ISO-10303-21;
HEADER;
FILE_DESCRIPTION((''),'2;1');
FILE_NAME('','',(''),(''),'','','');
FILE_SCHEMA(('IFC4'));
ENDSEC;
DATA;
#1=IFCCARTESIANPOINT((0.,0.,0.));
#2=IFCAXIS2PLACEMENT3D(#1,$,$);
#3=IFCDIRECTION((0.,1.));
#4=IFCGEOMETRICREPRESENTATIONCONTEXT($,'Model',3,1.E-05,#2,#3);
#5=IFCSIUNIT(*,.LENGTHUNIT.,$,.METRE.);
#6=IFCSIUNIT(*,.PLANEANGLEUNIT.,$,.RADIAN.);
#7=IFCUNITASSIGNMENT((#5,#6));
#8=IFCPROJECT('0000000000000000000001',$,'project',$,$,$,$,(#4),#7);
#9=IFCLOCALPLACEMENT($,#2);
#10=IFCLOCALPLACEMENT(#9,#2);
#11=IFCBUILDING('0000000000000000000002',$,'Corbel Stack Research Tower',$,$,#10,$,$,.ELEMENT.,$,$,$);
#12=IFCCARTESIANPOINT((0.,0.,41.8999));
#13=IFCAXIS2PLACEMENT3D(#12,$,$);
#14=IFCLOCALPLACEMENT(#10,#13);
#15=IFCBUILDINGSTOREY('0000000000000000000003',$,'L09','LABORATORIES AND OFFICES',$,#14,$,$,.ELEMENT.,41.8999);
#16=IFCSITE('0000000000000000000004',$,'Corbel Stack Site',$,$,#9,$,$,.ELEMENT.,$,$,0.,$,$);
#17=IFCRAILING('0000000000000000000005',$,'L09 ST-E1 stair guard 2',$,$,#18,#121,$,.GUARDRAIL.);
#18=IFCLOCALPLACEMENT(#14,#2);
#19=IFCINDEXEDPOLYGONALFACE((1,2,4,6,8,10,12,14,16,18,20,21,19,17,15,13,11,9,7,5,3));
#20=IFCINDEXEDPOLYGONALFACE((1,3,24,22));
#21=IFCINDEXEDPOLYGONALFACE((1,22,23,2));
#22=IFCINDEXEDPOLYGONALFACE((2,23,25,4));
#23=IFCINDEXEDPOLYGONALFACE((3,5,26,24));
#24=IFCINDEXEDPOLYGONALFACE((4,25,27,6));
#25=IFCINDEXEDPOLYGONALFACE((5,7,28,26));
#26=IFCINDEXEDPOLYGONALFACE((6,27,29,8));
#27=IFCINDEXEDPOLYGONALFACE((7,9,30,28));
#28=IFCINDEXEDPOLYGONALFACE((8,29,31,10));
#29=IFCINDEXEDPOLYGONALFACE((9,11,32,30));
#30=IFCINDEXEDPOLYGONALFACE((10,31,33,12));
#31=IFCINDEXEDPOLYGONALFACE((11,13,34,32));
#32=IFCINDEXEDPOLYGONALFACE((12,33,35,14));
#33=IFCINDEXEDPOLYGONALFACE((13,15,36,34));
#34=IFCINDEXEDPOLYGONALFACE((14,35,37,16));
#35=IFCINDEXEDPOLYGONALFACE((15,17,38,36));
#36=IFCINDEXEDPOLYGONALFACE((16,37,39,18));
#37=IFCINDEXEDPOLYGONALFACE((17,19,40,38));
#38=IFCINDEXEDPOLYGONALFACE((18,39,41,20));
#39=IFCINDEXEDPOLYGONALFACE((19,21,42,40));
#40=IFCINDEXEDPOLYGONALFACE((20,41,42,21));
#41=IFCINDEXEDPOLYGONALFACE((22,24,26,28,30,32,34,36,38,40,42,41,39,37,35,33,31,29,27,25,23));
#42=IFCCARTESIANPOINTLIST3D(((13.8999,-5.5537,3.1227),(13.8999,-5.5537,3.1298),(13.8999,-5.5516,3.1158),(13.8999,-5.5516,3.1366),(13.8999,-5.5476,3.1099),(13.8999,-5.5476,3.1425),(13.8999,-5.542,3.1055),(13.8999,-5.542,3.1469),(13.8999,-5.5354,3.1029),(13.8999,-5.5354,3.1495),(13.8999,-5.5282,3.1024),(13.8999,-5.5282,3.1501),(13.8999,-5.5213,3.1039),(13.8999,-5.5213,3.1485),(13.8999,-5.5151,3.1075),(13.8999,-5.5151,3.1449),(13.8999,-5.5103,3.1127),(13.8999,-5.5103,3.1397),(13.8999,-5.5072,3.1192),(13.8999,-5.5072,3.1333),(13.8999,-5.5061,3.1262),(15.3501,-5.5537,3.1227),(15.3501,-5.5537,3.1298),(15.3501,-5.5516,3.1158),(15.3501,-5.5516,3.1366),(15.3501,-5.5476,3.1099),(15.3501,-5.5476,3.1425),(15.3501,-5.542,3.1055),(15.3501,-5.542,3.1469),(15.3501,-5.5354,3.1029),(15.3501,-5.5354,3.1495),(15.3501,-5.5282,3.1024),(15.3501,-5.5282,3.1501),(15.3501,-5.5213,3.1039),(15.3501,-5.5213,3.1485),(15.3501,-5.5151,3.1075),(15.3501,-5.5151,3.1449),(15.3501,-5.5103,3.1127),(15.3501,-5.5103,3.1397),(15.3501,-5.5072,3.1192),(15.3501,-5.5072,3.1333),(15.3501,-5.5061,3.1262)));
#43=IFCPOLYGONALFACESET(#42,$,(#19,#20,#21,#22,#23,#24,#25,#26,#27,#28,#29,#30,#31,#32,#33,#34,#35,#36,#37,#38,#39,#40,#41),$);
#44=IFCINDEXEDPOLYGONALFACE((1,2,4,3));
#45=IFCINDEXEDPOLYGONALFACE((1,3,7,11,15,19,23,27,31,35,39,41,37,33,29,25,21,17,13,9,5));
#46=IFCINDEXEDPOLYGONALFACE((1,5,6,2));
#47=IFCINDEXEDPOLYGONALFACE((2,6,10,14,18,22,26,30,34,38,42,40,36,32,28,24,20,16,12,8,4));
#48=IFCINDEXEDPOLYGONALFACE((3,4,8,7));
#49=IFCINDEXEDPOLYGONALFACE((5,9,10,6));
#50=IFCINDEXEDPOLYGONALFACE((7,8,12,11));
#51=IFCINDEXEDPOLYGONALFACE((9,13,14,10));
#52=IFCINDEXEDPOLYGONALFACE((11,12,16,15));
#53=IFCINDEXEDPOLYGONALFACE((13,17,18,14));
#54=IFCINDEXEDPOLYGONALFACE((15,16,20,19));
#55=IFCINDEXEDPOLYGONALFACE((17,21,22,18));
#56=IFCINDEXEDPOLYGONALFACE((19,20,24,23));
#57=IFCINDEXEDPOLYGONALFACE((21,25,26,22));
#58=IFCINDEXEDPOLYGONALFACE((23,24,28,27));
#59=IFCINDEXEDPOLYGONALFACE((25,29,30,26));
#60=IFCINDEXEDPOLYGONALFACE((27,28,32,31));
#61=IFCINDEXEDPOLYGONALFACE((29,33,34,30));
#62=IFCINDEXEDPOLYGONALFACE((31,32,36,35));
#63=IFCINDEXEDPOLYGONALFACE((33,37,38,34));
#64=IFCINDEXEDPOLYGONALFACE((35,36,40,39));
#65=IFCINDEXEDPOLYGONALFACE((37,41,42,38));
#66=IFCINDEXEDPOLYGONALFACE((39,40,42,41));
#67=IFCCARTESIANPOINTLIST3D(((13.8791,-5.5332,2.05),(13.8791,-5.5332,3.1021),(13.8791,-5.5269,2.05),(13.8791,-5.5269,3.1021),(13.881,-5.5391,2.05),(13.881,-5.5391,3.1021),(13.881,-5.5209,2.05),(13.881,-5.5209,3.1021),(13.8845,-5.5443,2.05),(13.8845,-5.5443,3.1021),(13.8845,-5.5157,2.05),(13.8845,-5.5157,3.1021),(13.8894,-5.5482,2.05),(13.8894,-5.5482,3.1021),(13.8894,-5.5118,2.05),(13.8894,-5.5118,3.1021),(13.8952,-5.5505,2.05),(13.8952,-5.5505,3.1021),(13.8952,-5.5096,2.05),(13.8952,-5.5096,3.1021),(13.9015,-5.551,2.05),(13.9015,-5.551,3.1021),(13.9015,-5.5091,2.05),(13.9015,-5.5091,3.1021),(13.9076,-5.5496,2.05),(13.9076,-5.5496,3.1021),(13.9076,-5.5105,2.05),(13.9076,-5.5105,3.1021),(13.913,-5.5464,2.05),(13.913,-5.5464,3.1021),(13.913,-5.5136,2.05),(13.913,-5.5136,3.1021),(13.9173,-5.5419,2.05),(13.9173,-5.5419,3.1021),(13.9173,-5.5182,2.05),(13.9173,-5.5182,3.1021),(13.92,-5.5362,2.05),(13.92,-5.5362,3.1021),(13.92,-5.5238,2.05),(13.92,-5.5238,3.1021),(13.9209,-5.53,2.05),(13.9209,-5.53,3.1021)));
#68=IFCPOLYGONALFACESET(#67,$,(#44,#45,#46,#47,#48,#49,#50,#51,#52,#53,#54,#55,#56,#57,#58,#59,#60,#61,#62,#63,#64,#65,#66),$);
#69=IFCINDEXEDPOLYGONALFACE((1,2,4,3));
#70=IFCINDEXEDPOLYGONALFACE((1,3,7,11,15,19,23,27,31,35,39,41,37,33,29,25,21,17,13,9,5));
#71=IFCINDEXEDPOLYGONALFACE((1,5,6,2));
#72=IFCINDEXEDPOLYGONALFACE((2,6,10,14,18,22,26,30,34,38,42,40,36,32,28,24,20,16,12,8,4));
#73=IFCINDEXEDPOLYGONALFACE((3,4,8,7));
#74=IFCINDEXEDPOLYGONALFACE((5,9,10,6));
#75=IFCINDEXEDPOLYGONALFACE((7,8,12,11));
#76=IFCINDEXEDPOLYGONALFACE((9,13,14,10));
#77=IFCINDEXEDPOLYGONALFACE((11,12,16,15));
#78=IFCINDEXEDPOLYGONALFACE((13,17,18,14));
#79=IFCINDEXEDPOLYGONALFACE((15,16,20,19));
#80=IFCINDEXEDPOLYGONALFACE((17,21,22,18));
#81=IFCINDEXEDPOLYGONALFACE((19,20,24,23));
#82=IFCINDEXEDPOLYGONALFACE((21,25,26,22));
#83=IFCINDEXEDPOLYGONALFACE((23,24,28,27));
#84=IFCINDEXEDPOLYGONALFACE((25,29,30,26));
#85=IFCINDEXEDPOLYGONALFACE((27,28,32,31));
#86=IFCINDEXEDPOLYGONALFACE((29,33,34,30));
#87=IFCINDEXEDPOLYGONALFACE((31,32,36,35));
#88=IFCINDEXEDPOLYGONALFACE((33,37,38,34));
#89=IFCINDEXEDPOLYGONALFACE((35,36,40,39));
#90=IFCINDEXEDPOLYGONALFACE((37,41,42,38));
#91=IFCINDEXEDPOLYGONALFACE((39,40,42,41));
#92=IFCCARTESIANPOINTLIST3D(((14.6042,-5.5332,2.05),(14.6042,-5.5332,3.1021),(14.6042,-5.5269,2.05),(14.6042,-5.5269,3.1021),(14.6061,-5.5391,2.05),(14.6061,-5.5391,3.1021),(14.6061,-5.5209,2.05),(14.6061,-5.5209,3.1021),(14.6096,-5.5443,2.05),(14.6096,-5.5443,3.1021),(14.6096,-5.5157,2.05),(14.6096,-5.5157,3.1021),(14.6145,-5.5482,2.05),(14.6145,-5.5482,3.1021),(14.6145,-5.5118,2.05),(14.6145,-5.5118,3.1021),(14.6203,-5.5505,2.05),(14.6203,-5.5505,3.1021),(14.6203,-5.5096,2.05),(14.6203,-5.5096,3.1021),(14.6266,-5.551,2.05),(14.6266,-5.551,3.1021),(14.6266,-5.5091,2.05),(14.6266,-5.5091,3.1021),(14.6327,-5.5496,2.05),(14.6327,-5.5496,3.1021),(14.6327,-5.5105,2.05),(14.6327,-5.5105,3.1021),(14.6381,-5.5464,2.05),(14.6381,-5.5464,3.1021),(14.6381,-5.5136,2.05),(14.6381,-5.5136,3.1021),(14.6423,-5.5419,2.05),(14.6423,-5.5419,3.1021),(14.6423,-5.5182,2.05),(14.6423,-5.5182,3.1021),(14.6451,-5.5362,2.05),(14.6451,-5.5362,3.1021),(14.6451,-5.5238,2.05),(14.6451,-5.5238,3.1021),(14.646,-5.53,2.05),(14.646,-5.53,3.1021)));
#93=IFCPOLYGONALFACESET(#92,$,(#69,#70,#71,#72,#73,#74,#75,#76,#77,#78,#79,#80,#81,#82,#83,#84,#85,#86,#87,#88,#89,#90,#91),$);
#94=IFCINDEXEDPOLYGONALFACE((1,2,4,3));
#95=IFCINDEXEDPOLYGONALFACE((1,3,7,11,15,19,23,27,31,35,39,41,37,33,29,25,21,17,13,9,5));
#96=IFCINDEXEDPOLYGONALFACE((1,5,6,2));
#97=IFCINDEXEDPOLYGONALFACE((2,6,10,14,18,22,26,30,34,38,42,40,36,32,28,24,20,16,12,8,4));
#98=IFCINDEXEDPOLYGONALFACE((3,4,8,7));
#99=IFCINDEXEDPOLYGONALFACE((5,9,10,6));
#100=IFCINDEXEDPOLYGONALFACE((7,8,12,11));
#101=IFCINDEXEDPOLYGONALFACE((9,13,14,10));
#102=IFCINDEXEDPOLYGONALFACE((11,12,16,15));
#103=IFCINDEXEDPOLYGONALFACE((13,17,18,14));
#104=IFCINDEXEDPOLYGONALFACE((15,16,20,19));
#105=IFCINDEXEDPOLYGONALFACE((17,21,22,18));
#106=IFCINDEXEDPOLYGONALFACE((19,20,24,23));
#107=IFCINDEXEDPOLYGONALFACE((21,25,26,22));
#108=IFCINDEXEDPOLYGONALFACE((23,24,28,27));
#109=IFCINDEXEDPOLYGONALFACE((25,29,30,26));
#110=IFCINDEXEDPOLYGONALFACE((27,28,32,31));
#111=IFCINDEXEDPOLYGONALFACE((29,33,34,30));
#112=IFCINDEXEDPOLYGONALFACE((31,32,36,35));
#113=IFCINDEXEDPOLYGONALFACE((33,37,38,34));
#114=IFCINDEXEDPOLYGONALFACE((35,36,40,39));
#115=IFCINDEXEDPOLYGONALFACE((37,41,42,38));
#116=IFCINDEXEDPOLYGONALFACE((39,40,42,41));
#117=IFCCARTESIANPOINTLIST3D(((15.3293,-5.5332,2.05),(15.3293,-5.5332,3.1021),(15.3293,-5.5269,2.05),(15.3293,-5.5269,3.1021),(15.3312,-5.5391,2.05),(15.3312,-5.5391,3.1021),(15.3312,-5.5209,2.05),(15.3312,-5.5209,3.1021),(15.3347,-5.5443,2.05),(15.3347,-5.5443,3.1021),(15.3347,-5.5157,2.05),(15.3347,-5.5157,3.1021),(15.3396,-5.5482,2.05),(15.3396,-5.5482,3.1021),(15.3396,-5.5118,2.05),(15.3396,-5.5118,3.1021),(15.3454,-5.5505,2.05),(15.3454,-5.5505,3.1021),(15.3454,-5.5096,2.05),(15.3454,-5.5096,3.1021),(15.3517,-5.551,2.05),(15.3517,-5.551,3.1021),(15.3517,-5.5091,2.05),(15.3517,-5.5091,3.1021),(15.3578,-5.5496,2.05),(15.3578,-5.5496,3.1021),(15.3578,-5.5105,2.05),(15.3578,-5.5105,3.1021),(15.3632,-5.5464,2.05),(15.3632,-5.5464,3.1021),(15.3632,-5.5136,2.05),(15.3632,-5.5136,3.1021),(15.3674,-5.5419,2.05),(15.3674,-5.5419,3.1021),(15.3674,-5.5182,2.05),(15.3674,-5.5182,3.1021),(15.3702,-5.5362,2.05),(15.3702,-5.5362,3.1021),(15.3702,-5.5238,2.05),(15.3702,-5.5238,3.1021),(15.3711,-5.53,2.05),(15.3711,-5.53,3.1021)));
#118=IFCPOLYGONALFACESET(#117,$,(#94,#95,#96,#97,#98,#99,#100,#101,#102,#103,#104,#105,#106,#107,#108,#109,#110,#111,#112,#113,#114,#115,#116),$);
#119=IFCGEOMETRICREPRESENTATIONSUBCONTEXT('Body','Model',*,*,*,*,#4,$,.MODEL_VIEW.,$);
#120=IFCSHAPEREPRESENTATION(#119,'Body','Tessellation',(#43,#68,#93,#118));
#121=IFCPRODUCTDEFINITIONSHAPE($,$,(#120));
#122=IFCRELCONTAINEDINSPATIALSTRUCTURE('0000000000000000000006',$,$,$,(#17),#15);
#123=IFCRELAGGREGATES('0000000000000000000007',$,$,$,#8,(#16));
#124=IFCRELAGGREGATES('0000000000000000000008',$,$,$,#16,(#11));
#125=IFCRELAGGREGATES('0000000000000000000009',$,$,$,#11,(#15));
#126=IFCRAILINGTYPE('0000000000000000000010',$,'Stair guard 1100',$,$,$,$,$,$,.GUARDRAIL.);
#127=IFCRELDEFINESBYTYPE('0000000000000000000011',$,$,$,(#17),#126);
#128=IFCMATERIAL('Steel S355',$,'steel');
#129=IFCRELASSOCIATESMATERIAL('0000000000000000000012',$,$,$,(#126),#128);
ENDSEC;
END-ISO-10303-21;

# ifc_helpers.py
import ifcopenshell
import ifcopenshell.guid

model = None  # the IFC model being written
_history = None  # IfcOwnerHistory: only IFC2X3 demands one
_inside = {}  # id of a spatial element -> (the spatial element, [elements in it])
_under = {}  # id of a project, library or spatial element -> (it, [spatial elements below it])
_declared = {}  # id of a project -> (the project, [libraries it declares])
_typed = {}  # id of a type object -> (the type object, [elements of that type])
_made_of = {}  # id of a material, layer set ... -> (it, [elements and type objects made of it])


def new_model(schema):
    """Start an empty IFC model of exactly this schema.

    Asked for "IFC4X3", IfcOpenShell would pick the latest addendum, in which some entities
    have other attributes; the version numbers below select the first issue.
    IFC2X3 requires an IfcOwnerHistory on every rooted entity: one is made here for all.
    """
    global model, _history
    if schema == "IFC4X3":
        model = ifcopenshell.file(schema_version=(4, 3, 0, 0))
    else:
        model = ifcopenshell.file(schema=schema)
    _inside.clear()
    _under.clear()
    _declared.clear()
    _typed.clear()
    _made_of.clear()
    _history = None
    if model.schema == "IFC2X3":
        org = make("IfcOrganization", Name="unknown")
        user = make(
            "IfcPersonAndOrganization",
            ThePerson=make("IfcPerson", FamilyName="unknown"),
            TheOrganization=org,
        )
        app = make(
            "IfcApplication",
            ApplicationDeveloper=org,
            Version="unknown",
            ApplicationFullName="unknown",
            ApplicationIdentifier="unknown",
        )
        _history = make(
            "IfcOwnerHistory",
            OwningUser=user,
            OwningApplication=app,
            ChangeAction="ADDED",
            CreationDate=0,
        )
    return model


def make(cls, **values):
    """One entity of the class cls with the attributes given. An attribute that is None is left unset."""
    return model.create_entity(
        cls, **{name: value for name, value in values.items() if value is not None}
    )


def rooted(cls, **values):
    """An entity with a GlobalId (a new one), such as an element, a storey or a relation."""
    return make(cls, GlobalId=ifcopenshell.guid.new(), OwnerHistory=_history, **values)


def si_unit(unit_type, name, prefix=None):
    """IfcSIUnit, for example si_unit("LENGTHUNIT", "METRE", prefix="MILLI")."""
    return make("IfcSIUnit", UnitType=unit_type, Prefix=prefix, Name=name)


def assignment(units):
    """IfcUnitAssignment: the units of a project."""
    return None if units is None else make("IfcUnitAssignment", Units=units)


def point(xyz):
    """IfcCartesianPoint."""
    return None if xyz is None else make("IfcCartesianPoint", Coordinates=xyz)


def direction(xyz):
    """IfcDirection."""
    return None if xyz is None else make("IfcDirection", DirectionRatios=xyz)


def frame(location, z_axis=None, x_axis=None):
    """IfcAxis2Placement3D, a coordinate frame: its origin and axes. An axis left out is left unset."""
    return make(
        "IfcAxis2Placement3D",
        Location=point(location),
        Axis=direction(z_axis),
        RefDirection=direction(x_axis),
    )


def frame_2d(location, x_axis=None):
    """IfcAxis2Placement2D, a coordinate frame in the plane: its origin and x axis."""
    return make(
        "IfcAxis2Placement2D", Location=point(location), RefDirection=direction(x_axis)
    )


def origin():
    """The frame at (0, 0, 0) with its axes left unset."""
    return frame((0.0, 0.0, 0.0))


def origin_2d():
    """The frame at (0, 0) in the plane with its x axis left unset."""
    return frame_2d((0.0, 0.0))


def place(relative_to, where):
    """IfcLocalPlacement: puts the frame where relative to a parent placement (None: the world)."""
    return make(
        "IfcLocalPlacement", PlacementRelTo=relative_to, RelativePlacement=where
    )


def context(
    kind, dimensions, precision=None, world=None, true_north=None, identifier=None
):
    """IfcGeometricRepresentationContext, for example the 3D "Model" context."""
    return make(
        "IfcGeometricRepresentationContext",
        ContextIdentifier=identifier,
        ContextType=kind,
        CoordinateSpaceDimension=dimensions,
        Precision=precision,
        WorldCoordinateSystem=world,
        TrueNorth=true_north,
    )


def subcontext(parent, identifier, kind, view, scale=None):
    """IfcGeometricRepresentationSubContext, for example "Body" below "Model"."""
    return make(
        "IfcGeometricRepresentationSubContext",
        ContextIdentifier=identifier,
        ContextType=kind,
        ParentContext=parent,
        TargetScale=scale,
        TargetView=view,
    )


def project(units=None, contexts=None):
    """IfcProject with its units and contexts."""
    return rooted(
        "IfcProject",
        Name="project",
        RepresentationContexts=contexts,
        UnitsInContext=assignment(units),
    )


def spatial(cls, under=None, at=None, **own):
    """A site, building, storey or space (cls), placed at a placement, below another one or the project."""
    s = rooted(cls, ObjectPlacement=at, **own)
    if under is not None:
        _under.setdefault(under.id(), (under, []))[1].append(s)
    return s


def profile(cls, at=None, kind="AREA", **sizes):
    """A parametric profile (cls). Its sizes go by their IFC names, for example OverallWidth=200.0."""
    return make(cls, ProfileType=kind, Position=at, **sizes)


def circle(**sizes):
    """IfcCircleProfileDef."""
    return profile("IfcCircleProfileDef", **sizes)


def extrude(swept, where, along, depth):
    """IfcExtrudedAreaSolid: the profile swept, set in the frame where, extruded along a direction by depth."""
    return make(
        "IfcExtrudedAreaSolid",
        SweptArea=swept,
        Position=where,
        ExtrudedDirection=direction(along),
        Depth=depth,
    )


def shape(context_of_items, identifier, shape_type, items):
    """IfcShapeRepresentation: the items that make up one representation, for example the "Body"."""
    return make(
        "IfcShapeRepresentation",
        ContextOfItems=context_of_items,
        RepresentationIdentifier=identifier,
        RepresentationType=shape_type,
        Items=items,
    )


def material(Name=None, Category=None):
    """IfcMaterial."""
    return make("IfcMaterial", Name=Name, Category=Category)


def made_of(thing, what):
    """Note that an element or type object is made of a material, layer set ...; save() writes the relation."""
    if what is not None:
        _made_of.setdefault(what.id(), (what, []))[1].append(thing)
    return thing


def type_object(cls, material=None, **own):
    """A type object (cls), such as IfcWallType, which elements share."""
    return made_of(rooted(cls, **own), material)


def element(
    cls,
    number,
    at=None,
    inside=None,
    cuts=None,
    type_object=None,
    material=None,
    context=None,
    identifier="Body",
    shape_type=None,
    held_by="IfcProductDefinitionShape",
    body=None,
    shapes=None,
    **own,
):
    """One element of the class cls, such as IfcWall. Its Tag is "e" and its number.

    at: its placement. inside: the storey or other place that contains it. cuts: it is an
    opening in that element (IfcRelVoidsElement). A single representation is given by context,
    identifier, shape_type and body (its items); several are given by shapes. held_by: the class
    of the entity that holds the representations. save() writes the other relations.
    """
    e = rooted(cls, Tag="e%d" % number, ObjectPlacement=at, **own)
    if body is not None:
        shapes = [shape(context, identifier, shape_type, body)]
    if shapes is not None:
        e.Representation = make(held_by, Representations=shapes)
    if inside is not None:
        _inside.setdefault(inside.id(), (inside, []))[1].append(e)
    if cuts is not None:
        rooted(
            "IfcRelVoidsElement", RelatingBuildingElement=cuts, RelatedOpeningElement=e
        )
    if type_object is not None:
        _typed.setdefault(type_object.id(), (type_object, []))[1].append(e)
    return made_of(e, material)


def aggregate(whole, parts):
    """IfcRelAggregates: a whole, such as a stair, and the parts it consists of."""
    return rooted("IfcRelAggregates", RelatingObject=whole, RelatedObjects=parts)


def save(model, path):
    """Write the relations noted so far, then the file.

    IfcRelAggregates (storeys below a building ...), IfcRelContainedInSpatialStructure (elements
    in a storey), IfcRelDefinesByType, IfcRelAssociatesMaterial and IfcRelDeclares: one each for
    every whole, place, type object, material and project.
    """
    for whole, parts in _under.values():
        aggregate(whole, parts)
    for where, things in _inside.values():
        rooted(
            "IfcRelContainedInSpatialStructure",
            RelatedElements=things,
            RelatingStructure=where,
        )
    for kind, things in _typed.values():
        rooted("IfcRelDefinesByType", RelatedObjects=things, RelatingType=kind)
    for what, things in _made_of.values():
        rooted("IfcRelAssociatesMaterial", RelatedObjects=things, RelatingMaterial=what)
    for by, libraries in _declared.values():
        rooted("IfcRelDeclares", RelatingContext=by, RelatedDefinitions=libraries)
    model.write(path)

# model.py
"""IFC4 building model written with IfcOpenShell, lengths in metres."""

from ifc_helpers import new_model, si_unit, direction, frame, origin, origin_2d, place, context, subcontext, project, spatial, circle, extrude, material, type_object, element, save


model = new_model("IFC4")

# Units and contexts
model_context = context("Model", 3, precision=1e-05, world=origin(), true_north=direction((0.0, 1.0)))
body_context = subcontext(model_context, "Body", "Model", "MODEL_VIEW")
ifc_project = project(units=[si_unit("LENGTHUNIT", "METRE"), si_unit("PLANEANGLEUNIT", "RADIAN")], contexts=[model_context])

# Site, building, storey
site_placement = place(None, origin())
site = spatial("IfcSite", under=ifc_project, at=site_placement, Name="Corbel Stack Site", CompositionType="ELEMENT", RefElevation=0.0)
building_placement = place(site_placement, origin())
building = spatial("IfcBuilding", under=site, at=building_placement, Name="Corbel Stack Research Tower", CompositionType="ELEMENT")
storey_placement = place(building_placement, frame((0.0, 0.0, 41.8999)))
storey = spatial("IfcBuildingStorey", under=building, at=storey_placement, Name="L09", Description="LABORATORIES AND OFFICES", CompositionType="ELEMENT", Elevation=41.8999)

# Railing
ifc_material_1 = material(Name="Steel S355", Category="steel")
railing_type = type_object("IfcRailingType", Name="Stair guard 1100", PredefinedType="GUARDRAIL", material=ifc_material_1)
railing_1_placement = place(storey_placement, frame((13.8999, -5.53, 2.05)))
element("IfcRailing", 1, at=railing_1_placement, inside=storey, type_object=railing_type, Name="L09 ST-E1 stair guard 2", PredefinedType="GUARDRAIL", context=body_context, shape_type="SweptSolid", body=[
    extrude(circle(Radius=0.0239, at=origin_2d()), frame((0.0, 0.0, 1.0762), z_axis=(1.0, 0.0, 0.0), x_axis=(0.0, 1.0, 0.0)), (0.0, 0.0, 1.0), 1.4502),
    extrude(circle(Radius=0.021, at=origin_2d()), origin(), (0.0, 0.0, 1.0), 1.052),
    extrude(circle(Radius=0.021, at=origin_2d()), frame((0.7251, 0.0, 0.0)), (0.0, 0.0, 1.0), 1.052),
    extrude(circle(Radius=0.021, at=origin_2d()), frame((1.4502, 0.0, 0.0)), (0.0, 0.0, 1.0), 1.052),
])

save(model, "model.ifc")
